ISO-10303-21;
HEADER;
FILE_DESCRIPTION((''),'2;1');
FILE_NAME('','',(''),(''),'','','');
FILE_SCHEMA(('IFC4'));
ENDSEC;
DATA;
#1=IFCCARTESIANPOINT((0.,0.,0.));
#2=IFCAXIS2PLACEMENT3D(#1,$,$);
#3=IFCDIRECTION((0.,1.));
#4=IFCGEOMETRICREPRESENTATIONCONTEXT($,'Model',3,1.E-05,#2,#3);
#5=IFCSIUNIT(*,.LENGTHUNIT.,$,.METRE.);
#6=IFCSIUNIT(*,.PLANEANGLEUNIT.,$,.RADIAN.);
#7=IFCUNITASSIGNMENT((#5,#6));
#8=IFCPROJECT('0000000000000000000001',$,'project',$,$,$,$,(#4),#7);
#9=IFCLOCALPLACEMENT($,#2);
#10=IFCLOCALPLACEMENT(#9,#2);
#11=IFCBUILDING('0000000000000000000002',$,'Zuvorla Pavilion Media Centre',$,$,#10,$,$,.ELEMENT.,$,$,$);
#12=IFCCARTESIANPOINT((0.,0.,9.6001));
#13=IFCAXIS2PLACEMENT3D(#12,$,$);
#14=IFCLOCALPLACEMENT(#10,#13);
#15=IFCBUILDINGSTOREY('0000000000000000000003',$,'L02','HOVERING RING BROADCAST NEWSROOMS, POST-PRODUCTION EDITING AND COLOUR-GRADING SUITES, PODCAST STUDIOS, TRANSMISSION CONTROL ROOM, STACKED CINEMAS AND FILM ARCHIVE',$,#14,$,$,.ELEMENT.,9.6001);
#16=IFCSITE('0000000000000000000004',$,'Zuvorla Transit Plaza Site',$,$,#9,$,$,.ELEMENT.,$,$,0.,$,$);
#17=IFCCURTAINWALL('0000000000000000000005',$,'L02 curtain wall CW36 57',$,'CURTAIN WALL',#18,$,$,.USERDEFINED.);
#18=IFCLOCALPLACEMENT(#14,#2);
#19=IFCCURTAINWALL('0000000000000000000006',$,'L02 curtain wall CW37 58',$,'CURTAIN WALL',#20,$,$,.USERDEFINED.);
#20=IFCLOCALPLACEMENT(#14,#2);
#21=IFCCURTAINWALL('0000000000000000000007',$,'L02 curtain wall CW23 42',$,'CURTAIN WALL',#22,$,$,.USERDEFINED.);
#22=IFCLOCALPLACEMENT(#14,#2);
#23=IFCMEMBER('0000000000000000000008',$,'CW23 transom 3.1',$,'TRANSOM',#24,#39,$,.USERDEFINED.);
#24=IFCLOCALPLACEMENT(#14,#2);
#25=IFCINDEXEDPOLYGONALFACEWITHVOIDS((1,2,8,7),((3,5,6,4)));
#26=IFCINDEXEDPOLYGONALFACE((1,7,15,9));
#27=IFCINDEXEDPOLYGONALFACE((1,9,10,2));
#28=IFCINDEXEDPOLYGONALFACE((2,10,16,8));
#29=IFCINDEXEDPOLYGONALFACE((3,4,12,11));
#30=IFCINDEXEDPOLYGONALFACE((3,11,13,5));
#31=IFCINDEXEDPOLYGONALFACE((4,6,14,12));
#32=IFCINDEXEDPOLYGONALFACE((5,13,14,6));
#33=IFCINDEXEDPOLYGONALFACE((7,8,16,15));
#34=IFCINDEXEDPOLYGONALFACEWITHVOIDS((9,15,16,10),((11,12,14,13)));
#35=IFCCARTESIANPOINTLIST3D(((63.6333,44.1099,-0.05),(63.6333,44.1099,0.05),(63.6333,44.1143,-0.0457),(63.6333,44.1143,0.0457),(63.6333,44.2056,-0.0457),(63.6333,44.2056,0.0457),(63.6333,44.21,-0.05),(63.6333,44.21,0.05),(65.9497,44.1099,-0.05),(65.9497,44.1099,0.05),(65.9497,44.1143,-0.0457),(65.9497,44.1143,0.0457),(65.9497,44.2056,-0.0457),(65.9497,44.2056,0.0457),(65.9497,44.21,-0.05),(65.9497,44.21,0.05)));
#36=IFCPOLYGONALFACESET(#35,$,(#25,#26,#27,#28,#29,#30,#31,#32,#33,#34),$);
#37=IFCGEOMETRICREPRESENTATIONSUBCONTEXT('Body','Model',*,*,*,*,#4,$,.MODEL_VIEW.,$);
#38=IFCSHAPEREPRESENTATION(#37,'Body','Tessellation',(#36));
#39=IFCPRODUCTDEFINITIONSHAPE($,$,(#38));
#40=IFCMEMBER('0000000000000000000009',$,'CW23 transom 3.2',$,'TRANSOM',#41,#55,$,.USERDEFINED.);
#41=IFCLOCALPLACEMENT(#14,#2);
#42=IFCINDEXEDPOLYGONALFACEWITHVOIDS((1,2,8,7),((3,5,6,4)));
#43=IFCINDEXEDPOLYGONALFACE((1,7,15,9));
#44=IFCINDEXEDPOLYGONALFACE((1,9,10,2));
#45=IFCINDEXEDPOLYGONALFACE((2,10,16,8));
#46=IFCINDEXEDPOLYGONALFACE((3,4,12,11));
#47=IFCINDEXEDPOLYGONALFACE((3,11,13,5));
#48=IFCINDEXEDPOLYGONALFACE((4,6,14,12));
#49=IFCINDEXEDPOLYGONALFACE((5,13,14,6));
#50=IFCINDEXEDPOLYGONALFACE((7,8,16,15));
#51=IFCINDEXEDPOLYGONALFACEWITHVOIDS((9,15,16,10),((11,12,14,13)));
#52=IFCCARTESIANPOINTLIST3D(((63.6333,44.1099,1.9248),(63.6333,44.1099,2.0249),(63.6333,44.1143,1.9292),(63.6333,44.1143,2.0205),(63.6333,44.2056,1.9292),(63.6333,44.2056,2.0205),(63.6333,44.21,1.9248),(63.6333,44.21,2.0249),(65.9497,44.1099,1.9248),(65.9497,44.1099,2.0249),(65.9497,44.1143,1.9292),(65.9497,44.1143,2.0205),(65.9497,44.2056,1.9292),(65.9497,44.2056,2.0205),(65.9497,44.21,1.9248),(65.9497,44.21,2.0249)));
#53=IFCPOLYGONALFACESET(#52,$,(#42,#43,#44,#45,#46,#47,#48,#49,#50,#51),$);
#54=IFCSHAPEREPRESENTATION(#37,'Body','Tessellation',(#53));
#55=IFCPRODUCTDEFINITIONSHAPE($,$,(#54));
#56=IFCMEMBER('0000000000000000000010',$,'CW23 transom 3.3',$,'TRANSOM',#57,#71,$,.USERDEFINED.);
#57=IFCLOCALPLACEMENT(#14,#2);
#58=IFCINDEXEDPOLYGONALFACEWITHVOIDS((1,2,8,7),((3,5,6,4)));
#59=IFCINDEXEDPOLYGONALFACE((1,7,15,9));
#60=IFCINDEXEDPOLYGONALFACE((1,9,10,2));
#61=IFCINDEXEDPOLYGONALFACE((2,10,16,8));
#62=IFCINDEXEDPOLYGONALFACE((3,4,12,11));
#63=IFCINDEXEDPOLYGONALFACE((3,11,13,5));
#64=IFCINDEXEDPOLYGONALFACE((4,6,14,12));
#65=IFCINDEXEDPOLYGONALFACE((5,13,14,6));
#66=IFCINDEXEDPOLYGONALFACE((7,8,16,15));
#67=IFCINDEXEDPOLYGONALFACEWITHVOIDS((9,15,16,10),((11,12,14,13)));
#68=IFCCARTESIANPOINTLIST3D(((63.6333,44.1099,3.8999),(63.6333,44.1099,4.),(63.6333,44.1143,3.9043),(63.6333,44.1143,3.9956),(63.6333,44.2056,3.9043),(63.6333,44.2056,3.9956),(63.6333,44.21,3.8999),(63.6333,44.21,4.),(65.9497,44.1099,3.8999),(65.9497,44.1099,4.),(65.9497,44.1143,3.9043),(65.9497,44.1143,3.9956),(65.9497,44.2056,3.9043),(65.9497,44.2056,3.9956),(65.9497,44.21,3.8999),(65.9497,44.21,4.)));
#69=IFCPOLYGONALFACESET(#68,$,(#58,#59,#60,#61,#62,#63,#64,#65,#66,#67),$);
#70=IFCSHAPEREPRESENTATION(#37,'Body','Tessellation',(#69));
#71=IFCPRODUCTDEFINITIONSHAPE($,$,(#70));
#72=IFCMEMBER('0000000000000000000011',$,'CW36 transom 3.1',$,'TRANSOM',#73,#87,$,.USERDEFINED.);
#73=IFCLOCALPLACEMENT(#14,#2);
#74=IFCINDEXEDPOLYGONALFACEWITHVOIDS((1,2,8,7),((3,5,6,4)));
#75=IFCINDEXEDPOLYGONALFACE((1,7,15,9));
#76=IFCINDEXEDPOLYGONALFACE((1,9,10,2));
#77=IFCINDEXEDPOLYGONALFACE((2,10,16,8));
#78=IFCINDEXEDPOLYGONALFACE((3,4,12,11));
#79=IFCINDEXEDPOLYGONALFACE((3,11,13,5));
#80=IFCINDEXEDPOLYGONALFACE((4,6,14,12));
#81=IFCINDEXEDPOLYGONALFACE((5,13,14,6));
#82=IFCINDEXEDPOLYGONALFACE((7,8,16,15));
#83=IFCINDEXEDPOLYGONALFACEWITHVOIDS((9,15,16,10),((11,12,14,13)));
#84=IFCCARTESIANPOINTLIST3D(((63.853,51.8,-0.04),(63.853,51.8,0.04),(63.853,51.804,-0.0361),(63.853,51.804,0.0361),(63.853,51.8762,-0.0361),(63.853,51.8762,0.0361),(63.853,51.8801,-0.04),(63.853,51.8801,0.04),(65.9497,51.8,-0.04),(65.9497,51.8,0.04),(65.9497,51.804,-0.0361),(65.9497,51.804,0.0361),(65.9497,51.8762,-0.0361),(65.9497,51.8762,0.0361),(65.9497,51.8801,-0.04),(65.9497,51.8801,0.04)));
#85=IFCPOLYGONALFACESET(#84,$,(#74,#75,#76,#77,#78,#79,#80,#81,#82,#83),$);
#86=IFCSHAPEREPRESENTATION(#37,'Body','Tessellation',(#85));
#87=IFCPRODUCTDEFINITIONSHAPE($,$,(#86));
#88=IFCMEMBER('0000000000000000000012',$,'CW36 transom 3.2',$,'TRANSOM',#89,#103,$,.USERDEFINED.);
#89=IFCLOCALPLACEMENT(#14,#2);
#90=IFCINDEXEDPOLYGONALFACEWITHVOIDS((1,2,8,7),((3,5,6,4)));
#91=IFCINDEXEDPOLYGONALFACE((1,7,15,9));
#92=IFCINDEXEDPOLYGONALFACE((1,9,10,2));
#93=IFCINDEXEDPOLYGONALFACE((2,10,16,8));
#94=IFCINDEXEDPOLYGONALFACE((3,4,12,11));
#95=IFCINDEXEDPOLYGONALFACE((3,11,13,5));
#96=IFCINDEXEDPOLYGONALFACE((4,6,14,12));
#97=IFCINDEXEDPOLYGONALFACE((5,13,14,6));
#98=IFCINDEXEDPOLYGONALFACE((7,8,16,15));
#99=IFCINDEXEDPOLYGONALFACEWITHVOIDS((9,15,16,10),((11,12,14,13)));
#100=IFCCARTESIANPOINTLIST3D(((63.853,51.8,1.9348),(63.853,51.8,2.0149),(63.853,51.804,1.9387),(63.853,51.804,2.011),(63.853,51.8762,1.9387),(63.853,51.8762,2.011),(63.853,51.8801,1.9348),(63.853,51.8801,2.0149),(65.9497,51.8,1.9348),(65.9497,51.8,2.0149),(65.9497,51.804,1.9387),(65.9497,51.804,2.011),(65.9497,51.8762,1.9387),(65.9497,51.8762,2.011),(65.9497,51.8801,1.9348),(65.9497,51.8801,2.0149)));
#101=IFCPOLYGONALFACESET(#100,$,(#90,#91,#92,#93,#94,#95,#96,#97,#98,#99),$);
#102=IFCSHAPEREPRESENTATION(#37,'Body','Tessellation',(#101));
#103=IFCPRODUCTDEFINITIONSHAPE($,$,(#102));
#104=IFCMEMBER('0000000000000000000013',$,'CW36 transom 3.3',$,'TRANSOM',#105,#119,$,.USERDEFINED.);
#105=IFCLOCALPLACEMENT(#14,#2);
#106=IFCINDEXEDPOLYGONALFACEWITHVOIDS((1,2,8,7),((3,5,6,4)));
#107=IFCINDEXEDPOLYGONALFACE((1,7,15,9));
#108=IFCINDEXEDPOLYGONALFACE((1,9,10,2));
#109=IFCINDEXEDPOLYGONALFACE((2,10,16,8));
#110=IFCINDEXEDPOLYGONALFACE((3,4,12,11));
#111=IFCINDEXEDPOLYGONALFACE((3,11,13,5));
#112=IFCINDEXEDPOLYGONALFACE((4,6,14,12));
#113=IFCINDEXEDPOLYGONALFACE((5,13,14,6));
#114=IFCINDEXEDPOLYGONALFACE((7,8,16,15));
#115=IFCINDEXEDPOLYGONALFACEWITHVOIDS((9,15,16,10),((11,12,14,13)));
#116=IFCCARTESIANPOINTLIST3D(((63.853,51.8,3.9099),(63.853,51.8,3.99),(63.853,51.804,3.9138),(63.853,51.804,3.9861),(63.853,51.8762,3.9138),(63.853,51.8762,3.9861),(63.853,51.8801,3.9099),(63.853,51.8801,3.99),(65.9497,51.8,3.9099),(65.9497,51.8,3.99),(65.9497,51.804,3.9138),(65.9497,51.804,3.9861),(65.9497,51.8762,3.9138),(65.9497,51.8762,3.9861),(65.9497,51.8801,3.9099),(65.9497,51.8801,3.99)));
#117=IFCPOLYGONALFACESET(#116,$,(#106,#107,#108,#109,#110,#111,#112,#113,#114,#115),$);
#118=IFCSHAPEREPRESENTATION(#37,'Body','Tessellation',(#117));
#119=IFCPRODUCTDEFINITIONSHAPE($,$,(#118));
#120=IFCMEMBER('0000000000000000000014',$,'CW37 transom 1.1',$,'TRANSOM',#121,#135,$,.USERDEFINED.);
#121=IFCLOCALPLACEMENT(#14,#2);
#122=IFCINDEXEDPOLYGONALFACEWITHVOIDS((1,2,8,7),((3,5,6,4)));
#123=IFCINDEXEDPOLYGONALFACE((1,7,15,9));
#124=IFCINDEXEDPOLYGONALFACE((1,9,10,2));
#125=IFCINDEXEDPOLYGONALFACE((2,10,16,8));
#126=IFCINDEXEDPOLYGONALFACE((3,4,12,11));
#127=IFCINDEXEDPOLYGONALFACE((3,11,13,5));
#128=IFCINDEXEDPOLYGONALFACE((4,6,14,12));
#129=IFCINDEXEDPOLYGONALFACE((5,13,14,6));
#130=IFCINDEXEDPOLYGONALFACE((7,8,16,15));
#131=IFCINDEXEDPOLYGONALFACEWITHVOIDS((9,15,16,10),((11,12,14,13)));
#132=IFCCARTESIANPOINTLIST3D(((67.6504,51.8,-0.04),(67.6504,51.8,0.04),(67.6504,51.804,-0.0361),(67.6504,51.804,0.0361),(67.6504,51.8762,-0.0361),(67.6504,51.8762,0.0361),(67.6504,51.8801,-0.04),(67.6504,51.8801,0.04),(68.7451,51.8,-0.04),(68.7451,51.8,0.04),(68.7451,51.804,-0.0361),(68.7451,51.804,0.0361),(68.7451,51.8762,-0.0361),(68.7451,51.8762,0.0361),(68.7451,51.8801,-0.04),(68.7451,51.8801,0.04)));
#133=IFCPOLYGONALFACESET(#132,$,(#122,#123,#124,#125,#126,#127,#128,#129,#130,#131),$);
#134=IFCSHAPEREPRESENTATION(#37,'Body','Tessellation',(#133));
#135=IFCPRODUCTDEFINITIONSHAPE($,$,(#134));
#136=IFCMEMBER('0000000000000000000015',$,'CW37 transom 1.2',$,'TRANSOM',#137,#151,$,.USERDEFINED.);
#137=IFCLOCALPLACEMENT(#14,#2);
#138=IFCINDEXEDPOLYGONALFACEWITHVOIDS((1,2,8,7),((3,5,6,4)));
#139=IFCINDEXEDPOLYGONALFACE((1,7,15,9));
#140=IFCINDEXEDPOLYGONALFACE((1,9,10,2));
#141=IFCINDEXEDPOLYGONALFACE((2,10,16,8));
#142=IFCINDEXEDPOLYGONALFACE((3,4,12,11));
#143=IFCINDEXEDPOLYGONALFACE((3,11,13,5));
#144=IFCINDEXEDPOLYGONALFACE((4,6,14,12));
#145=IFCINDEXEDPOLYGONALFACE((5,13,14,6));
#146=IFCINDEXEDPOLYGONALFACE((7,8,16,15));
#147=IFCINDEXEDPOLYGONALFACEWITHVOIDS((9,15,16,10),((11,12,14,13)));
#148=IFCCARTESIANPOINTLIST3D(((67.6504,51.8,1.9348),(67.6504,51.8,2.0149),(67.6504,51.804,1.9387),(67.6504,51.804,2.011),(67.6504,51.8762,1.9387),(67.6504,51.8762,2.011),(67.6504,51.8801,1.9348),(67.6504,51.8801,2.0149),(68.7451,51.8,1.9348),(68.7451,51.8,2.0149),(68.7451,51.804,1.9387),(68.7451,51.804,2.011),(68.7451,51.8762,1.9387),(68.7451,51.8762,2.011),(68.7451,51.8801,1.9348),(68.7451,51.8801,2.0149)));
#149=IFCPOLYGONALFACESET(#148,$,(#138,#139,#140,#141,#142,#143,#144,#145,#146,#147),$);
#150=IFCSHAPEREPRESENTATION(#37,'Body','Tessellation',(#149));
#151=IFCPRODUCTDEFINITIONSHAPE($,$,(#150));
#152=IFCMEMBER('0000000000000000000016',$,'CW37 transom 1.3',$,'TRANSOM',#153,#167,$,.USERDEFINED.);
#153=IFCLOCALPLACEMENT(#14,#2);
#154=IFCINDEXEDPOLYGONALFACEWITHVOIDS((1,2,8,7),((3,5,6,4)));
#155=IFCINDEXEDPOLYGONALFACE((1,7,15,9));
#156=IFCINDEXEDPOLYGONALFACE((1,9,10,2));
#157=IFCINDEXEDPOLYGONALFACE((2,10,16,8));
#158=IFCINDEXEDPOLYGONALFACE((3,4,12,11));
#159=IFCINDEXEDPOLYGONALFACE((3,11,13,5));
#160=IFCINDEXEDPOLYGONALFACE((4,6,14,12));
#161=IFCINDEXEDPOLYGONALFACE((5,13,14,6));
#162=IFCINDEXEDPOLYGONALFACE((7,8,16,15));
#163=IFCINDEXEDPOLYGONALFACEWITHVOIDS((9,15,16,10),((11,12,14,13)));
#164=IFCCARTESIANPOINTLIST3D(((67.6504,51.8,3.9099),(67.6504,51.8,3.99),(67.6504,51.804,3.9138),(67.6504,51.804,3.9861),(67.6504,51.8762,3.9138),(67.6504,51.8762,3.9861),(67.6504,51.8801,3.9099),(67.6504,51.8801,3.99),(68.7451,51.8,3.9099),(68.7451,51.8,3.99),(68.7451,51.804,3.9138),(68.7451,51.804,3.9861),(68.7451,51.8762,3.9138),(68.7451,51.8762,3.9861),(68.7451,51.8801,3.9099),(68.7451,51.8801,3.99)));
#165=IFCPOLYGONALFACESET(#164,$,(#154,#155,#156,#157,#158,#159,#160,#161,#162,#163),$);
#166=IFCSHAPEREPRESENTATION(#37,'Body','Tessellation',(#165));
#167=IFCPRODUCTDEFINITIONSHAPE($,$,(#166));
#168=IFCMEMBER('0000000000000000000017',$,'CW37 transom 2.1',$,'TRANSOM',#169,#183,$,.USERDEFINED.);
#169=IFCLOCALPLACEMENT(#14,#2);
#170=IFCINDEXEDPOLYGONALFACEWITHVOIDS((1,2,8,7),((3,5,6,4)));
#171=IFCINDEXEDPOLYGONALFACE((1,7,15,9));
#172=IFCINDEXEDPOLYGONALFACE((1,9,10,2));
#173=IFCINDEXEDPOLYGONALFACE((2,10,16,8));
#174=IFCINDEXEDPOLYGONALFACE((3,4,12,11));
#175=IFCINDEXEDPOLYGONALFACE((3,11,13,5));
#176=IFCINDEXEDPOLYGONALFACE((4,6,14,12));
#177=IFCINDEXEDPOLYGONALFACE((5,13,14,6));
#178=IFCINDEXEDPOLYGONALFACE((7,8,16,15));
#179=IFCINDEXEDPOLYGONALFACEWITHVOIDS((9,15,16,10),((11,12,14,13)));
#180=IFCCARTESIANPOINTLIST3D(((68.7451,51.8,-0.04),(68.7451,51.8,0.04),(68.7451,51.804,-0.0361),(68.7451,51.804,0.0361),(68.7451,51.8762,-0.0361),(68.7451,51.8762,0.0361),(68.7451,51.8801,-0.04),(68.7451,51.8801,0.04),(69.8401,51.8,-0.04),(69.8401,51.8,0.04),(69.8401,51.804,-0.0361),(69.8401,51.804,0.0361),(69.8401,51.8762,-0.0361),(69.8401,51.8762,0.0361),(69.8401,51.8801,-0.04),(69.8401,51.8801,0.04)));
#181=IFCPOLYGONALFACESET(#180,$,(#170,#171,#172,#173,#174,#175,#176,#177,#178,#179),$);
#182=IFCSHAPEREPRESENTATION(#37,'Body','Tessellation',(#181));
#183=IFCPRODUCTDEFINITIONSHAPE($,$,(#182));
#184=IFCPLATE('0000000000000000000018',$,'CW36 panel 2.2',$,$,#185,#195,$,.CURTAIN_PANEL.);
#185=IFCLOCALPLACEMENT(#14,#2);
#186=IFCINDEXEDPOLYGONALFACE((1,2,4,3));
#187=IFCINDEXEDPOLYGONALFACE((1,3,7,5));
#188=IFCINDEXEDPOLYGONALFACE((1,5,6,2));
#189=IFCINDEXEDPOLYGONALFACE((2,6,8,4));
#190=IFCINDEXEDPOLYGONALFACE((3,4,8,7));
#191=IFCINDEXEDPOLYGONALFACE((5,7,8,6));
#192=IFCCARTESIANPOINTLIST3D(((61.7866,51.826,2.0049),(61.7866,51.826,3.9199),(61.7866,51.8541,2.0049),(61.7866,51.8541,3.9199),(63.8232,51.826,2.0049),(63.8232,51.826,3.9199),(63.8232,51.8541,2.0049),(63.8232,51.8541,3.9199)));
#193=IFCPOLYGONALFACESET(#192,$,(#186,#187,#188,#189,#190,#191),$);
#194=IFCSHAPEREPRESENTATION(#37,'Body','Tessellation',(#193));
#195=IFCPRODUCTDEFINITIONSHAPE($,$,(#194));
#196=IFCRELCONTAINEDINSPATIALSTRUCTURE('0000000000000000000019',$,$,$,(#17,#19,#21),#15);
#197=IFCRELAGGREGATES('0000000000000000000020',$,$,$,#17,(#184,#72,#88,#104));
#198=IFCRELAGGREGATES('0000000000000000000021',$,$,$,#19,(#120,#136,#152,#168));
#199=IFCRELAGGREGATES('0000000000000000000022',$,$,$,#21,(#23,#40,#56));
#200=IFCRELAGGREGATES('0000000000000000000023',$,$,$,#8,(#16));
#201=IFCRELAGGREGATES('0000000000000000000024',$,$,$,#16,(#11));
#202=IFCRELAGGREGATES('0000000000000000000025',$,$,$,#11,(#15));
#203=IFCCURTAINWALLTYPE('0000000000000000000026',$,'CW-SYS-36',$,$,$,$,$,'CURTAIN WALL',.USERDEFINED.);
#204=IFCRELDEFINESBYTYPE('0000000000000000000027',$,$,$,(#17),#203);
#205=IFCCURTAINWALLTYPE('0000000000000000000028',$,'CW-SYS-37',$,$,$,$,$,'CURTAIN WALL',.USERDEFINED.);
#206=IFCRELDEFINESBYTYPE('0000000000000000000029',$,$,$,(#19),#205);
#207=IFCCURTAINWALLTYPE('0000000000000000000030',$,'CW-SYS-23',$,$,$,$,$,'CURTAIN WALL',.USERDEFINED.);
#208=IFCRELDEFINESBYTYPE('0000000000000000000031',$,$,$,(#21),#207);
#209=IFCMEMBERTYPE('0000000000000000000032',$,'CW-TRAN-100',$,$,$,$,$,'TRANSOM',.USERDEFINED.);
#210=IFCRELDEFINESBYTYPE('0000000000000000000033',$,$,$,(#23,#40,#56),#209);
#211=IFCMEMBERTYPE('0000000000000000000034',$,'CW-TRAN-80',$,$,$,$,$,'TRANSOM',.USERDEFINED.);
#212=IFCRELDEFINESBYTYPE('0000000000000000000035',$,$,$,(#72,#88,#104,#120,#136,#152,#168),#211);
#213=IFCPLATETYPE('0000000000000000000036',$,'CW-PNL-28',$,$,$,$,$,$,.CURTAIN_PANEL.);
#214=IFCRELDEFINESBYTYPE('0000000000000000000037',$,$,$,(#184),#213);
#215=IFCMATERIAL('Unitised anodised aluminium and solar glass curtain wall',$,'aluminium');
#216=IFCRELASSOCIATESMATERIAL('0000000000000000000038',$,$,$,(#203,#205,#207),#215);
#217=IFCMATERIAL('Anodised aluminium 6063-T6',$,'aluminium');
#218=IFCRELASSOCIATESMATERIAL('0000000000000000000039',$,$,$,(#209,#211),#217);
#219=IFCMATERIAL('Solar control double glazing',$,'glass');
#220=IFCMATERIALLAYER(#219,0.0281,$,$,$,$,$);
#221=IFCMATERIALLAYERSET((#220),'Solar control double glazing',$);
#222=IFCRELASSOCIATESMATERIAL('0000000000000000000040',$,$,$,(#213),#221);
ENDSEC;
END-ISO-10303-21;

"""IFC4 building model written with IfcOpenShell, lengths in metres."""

from ifc_helpers import new_model, si_unit, direction, frame, origin, origin_2d, place, context, subcontext, project, spatial, rectangle, hollow_rectangle, extrude, material, layer, layer_set, material_profile, profile_set, type_object, element, aggregate, save


model = new_model("IFC4")

# Units and contexts
model_context = context("Model", 3, precision=1e-05, world=origin(), true_north=direction((0.0, 1.0)))
body_context = subcontext(model_context, "Body", "Model", "MODEL_VIEW")
ifc_project = project(units=[si_unit("LENGTHUNIT", "METRE"), si_unit("PLANEANGLEUNIT", "RADIAN")], contexts=[model_context])

# Site, building, storey
site_placement = place(None, origin())
site = spatial("IfcSite", under=ifc_project, at=site_placement, Name="Zuvorla Transit Plaza Site", CompositionType="ELEMENT", RefElevation=0.0)
building_placement = place(site_placement, origin())
building = spatial("IfcBuilding", under=site, at=building_placement, Name="Zuvorla Pavilion Media Centre", CompositionType="ELEMENT")
storey_placement = place(building_placement, frame((0.0, 0.0, 9.6001)))
storey = spatial("IfcBuildingStorey", under=building, at=storey_placement, Name="L02", Description="HOVERING RING BROADCAST NEWSROOMS, POST-PRODUCTION EDITING AND COLOUR-GRADING SUITES, PODCAST STUDIOS, TRANSMISSION CONTROL ROOM, STACKED CINEMAS AND FILM ARCHIVE", CompositionType="ELEMENT", Elevation=9.6001)

# Curtain walls, members
ifc_material_1 = material(Name="Unitised anodised aluminium and solar glass curtain wall", Category="aluminium")
curtain_wall_type_1 = type_object("IfcCurtainWallType", Name="CW-SYS-36", ElementType="CURTAIN WALL", PredefinedType="USERDEFINED", material=ifc_material_1)
curtain_wall_1_placement = place(storey_placement, origin())
curtain_wall_1 = element("IfcCurtainWall", 1, at=curtain_wall_1_placement, inside=storey, type_object=curtain_wall_type_1, Name="L02 curtain wall CW36 57", ObjectType="CURTAIN WALL", PredefinedType="USERDEFINED")
ifc_material_2 = material(Name="Anodised aluminium 6063-T6", Category="aluminium")
curtain_wall_type_2 = type_object("IfcCurtainWallType", Name="CW-SYS-37", ElementType="CURTAIN WALL", PredefinedType="USERDEFINED", material=ifc_material_1)
curtain_wall_2_placement = place(storey_placement, origin())
curtain_wall_2 = element("IfcCurtainWall", 2, at=curtain_wall_2_placement, inside=storey, type_object=curtain_wall_type_2, Name="L02 curtain wall CW37 58", ObjectType="CURTAIN WALL", PredefinedType="USERDEFINED")
curtain_wall_type_3 = type_object("IfcCurtainWallType", Name="CW-SYS-23", ElementType="CURTAIN WALL", PredefinedType="USERDEFINED", material=ifc_material_1)
curtain_wall_3_placement = place(storey_placement, origin())
curtain_wall_3 = element("IfcCurtainWall", 3, at=curtain_wall_3_placement, inside=storey, type_object=curtain_wall_type_3, Name="L02 curtain wall CW23 42", ObjectType="CURTAIN WALL", PredefinedType="USERDEFINED")
ifc_material_profile_1 = material_profile(ifc_material_2, hollow_rectangle(XDim=0.1001, YDim=0.1001, WallThickness=0.0044, at=origin_2d()), Name="ALU TRAN 100x100")
ifc_profile_set_1 = profile_set([ifc_material_profile_1], Name="Anodised aluminium 6063-T6")
member_type_1 = type_object("IfcMemberType", Name="CW-TRAN-100", ElementType="TRANSOM", PredefinedType="USERDEFINED", material=ifc_profile_set_1)
member_1_placement = place(storey_placement, frame((63.6333, 44.1599, 0.0), z_axis=(1.0, 0.0, 0.0), x_axis=(0.0, 1.0, 0.0)))
member_1 = element("IfcMember", 4, at=member_1_placement, type_object=member_type_1, Name="CW23 transom 3.1", ObjectType="TRANSOM", PredefinedType="USERDEFINED", context=body_context, shape_type="SweptSolid", body=[
    extrude(hollow_rectangle(XDim=0.1001, YDim=0.1001, WallThickness=0.0044, at=origin_2d()), origin(), (0.0, 0.0, 1.0), 2.3164),
])
member_2_placement = place(storey_placement, frame((63.6333, 44.1599, 1.9749), z_axis=(1.0, 0.0, 0.0), x_axis=(0.0, 1.0, 0.0)))
member_2 = element("IfcMember", 5, at=member_2_placement, type_object=member_type_1, Name="CW23 transom 3.2", ObjectType="TRANSOM", PredefinedType="USERDEFINED", context=body_context, shape_type="SweptSolid", body=[
    extrude(hollow_rectangle(XDim=0.1001, YDim=0.1001, WallThickness=0.0044, at=origin_2d()), origin(), (0.0, 0.0, 1.0), 2.3164),
])
member_3_placement = place(storey_placement, frame((63.6333, 44.1599, 3.95), z_axis=(1.0, 0.0, 0.0), x_axis=(0.0, 1.0, 0.0)))
member_3 = element("IfcMember", 6, at=member_3_placement, type_object=member_type_1, Name="CW23 transom 3.3", ObjectType="TRANSOM", PredefinedType="USERDEFINED", context=body_context, shape_type="SweptSolid", body=[
    extrude(hollow_rectangle(XDim=0.1001, YDim=0.1001, WallThickness=0.0044, at=origin_2d()), origin(), (0.0, 0.0, 1.0), 2.3164),
])

# Members
ifc_material_profile_2 = material_profile(ifc_material_2, hollow_rectangle(XDim=0.0801, YDim=0.0801, WallThickness=0.0039, at=origin_2d()), Name="ALU TRAN 80x80")
ifc_profile_set_2 = profile_set([ifc_material_profile_2], Name="Anodised aluminium 6063-T6")
member_type_2 = type_object("IfcMemberType", Name="CW-TRAN-80", ElementType="TRANSOM", PredefinedType="USERDEFINED", material=ifc_profile_set_2)
member_4_placement = place(storey_placement, frame((63.853, 51.8401, 0.0), z_axis=(1.0, 0.0, 0.0), x_axis=(0.0, 1.0, 0.0)))
member_4 = element("IfcMember", 7, at=member_4_placement, type_object=member_type_2, Name="CW36 transom 3.1", ObjectType="TRANSOM", PredefinedType="USERDEFINED", context=body_context, shape_type="SweptSolid", body=[
    extrude(hollow_rectangle(XDim=0.0801, YDim=0.0801, WallThickness=0.0039, at=origin_2d()), origin(), (0.0, 0.0, 1.0), 2.0967),
])
member_5_placement = place(storey_placement, frame((63.853, 51.8401, 1.9749), z_axis=(1.0, 0.0, 0.0), x_axis=(0.0, 1.0, 0.0)))
member_5 = element("IfcMember", 8, at=member_5_placement, type_object=member_type_2, Name="CW36 transom 3.2", ObjectType="TRANSOM", PredefinedType="USERDEFINED", context=body_context, shape_type="SweptSolid", body=[
    extrude(hollow_rectangle(XDim=0.0801, YDim=0.0801, WallThickness=0.0039, at=origin_2d()), origin(), (0.0, 0.0, 1.0), 2.0967),
])
member_6_placement = place(storey_placement, frame((63.853, 51.8401, 3.95), z_axis=(1.0, 0.0, 0.0), x_axis=(0.0, 1.0, 0.0)))
member_6 = element("IfcMember", 9, at=member_6_placement, type_object=member_type_2, Name="CW36 transom 3.3", ObjectType="TRANSOM", PredefinedType="USERDEFINED", context=body_context, shape_type="SweptSolid", body=[
    extrude(hollow_rectangle(XDim=0.0801, YDim=0.0801, WallThickness=0.0039, at=origin_2d()), origin(), (0.0, 0.0, 1.0), 2.0967),
])
member_7_placement = place(storey_placement, frame((67.6504, 51.8401, 0.0), z_axis=(1.0, 0.0, 0.0), x_axis=(0.0, 1.0, 0.0)))
member_7 = element("IfcMember", 10, at=member_7_placement, type_object=member_type_2, Name="CW37 transom 1.1", ObjectType="TRANSOM", PredefinedType="USERDEFINED", context=body_context, shape_type="SweptSolid", body=[
    extrude(hollow_rectangle(XDim=0.0801, YDim=0.0801, WallThickness=0.0039, at=origin_2d()), origin(), (0.0, 0.0, 1.0), 1.0947),
])
member_8_placement = place(storey_placement, frame((67.6504, 51.8401, 1.9749), z_axis=(1.0, 0.0, 0.0), x_axis=(0.0, 1.0, 0.0)))
member_8 = element("IfcMember", 11, at=member_8_placement, type_object=member_type_2, Name="CW37 transom 1.2", ObjectType="TRANSOM", PredefinedType="USERDEFINED", context=body_context, shape_type="SweptSolid", body=[
    extrude(hollow_rectangle(XDim=0.0801, YDim=0.0801, WallThickness=0.0039, at=origin_2d()), origin(), (0.0, 0.0, 1.0), 1.0947),
])
member_9_placement = place(storey_placement, frame((67.6504, 51.8401, 3.95), z_axis=(1.0, 0.0, 0.0), x_axis=(0.0, 1.0, 0.0)))
member_9 = element("IfcMember", 12, at=member_9_placement, type_object=member_type_2, Name="CW37 transom 1.3", ObjectType="TRANSOM", PredefinedType="USERDEFINED", context=body_context, shape_type="SweptSolid", body=[
    extrude(hollow_rectangle(XDim=0.0801, YDim=0.0801, WallThickness=0.0039, at=origin_2d()), origin(), (0.0, 0.0, 1.0), 1.0947),
])
member_10_placement = place(storey_placement, frame((68.7451, 51.8401, 0.0), z_axis=(1.0, 0.0, 0.0), x_axis=(0.0, 1.0, 0.0)))
member_10 = element("IfcMember", 13, at=member_10_placement, type_object=member_type_2, Name="CW37 transom 2.1", ObjectType="TRANSOM", PredefinedType="USERDEFINED", context=body_context, shape_type="SweptSolid", body=[
    extrude(hollow_rectangle(XDim=0.0801, YDim=0.0801, WallThickness=0.0039, at=origin_2d()), origin(), (0.0, 0.0, 1.0), 1.095),
])

# Plate
ifc_material_3 = material(Name="Solar control double glazing", Category="glass")
ifc_layer_1 = layer(ifc_material_3, 0.0281)
ifc_layer_set_1 = layer_set([ifc_layer_1], Name="Solar control double glazing")
plate_type_1 = type_object("IfcPlateType", Name="CW-PNL-28", PredefinedType="CURTAIN_PANEL", material=ifc_layer_set_1)
plate_1_placement = place(storey_placement, frame((62.8049, 51.8401, 2.0049), z_axis=(0.0, 0.0, 1.0), x_axis=(1.0, 0.0, 0.0)))
plate_1 = element("IfcPlate", 14, at=plate_1_placement, type_object=plate_type_1, Name="CW36 panel 2.2", PredefinedType="CURTAIN_PANEL", context=body_context, shape_type="SweptSolid", body=[
    extrude(rectangle(XDim=2.0366, YDim=0.0281, at=origin_2d()), origin(), (0.0, 0.0, 1.0), 1.915),
])
aggregate(curtain_wall_1, [plate_1, member_4, member_5, member_6])
aggregate(curtain_wall_2, [member_7, member_8, member_9, member_10])
aggregate(curtain_wall_3, [member_1, member_2, member_3])

save(model, "model.ifc")
